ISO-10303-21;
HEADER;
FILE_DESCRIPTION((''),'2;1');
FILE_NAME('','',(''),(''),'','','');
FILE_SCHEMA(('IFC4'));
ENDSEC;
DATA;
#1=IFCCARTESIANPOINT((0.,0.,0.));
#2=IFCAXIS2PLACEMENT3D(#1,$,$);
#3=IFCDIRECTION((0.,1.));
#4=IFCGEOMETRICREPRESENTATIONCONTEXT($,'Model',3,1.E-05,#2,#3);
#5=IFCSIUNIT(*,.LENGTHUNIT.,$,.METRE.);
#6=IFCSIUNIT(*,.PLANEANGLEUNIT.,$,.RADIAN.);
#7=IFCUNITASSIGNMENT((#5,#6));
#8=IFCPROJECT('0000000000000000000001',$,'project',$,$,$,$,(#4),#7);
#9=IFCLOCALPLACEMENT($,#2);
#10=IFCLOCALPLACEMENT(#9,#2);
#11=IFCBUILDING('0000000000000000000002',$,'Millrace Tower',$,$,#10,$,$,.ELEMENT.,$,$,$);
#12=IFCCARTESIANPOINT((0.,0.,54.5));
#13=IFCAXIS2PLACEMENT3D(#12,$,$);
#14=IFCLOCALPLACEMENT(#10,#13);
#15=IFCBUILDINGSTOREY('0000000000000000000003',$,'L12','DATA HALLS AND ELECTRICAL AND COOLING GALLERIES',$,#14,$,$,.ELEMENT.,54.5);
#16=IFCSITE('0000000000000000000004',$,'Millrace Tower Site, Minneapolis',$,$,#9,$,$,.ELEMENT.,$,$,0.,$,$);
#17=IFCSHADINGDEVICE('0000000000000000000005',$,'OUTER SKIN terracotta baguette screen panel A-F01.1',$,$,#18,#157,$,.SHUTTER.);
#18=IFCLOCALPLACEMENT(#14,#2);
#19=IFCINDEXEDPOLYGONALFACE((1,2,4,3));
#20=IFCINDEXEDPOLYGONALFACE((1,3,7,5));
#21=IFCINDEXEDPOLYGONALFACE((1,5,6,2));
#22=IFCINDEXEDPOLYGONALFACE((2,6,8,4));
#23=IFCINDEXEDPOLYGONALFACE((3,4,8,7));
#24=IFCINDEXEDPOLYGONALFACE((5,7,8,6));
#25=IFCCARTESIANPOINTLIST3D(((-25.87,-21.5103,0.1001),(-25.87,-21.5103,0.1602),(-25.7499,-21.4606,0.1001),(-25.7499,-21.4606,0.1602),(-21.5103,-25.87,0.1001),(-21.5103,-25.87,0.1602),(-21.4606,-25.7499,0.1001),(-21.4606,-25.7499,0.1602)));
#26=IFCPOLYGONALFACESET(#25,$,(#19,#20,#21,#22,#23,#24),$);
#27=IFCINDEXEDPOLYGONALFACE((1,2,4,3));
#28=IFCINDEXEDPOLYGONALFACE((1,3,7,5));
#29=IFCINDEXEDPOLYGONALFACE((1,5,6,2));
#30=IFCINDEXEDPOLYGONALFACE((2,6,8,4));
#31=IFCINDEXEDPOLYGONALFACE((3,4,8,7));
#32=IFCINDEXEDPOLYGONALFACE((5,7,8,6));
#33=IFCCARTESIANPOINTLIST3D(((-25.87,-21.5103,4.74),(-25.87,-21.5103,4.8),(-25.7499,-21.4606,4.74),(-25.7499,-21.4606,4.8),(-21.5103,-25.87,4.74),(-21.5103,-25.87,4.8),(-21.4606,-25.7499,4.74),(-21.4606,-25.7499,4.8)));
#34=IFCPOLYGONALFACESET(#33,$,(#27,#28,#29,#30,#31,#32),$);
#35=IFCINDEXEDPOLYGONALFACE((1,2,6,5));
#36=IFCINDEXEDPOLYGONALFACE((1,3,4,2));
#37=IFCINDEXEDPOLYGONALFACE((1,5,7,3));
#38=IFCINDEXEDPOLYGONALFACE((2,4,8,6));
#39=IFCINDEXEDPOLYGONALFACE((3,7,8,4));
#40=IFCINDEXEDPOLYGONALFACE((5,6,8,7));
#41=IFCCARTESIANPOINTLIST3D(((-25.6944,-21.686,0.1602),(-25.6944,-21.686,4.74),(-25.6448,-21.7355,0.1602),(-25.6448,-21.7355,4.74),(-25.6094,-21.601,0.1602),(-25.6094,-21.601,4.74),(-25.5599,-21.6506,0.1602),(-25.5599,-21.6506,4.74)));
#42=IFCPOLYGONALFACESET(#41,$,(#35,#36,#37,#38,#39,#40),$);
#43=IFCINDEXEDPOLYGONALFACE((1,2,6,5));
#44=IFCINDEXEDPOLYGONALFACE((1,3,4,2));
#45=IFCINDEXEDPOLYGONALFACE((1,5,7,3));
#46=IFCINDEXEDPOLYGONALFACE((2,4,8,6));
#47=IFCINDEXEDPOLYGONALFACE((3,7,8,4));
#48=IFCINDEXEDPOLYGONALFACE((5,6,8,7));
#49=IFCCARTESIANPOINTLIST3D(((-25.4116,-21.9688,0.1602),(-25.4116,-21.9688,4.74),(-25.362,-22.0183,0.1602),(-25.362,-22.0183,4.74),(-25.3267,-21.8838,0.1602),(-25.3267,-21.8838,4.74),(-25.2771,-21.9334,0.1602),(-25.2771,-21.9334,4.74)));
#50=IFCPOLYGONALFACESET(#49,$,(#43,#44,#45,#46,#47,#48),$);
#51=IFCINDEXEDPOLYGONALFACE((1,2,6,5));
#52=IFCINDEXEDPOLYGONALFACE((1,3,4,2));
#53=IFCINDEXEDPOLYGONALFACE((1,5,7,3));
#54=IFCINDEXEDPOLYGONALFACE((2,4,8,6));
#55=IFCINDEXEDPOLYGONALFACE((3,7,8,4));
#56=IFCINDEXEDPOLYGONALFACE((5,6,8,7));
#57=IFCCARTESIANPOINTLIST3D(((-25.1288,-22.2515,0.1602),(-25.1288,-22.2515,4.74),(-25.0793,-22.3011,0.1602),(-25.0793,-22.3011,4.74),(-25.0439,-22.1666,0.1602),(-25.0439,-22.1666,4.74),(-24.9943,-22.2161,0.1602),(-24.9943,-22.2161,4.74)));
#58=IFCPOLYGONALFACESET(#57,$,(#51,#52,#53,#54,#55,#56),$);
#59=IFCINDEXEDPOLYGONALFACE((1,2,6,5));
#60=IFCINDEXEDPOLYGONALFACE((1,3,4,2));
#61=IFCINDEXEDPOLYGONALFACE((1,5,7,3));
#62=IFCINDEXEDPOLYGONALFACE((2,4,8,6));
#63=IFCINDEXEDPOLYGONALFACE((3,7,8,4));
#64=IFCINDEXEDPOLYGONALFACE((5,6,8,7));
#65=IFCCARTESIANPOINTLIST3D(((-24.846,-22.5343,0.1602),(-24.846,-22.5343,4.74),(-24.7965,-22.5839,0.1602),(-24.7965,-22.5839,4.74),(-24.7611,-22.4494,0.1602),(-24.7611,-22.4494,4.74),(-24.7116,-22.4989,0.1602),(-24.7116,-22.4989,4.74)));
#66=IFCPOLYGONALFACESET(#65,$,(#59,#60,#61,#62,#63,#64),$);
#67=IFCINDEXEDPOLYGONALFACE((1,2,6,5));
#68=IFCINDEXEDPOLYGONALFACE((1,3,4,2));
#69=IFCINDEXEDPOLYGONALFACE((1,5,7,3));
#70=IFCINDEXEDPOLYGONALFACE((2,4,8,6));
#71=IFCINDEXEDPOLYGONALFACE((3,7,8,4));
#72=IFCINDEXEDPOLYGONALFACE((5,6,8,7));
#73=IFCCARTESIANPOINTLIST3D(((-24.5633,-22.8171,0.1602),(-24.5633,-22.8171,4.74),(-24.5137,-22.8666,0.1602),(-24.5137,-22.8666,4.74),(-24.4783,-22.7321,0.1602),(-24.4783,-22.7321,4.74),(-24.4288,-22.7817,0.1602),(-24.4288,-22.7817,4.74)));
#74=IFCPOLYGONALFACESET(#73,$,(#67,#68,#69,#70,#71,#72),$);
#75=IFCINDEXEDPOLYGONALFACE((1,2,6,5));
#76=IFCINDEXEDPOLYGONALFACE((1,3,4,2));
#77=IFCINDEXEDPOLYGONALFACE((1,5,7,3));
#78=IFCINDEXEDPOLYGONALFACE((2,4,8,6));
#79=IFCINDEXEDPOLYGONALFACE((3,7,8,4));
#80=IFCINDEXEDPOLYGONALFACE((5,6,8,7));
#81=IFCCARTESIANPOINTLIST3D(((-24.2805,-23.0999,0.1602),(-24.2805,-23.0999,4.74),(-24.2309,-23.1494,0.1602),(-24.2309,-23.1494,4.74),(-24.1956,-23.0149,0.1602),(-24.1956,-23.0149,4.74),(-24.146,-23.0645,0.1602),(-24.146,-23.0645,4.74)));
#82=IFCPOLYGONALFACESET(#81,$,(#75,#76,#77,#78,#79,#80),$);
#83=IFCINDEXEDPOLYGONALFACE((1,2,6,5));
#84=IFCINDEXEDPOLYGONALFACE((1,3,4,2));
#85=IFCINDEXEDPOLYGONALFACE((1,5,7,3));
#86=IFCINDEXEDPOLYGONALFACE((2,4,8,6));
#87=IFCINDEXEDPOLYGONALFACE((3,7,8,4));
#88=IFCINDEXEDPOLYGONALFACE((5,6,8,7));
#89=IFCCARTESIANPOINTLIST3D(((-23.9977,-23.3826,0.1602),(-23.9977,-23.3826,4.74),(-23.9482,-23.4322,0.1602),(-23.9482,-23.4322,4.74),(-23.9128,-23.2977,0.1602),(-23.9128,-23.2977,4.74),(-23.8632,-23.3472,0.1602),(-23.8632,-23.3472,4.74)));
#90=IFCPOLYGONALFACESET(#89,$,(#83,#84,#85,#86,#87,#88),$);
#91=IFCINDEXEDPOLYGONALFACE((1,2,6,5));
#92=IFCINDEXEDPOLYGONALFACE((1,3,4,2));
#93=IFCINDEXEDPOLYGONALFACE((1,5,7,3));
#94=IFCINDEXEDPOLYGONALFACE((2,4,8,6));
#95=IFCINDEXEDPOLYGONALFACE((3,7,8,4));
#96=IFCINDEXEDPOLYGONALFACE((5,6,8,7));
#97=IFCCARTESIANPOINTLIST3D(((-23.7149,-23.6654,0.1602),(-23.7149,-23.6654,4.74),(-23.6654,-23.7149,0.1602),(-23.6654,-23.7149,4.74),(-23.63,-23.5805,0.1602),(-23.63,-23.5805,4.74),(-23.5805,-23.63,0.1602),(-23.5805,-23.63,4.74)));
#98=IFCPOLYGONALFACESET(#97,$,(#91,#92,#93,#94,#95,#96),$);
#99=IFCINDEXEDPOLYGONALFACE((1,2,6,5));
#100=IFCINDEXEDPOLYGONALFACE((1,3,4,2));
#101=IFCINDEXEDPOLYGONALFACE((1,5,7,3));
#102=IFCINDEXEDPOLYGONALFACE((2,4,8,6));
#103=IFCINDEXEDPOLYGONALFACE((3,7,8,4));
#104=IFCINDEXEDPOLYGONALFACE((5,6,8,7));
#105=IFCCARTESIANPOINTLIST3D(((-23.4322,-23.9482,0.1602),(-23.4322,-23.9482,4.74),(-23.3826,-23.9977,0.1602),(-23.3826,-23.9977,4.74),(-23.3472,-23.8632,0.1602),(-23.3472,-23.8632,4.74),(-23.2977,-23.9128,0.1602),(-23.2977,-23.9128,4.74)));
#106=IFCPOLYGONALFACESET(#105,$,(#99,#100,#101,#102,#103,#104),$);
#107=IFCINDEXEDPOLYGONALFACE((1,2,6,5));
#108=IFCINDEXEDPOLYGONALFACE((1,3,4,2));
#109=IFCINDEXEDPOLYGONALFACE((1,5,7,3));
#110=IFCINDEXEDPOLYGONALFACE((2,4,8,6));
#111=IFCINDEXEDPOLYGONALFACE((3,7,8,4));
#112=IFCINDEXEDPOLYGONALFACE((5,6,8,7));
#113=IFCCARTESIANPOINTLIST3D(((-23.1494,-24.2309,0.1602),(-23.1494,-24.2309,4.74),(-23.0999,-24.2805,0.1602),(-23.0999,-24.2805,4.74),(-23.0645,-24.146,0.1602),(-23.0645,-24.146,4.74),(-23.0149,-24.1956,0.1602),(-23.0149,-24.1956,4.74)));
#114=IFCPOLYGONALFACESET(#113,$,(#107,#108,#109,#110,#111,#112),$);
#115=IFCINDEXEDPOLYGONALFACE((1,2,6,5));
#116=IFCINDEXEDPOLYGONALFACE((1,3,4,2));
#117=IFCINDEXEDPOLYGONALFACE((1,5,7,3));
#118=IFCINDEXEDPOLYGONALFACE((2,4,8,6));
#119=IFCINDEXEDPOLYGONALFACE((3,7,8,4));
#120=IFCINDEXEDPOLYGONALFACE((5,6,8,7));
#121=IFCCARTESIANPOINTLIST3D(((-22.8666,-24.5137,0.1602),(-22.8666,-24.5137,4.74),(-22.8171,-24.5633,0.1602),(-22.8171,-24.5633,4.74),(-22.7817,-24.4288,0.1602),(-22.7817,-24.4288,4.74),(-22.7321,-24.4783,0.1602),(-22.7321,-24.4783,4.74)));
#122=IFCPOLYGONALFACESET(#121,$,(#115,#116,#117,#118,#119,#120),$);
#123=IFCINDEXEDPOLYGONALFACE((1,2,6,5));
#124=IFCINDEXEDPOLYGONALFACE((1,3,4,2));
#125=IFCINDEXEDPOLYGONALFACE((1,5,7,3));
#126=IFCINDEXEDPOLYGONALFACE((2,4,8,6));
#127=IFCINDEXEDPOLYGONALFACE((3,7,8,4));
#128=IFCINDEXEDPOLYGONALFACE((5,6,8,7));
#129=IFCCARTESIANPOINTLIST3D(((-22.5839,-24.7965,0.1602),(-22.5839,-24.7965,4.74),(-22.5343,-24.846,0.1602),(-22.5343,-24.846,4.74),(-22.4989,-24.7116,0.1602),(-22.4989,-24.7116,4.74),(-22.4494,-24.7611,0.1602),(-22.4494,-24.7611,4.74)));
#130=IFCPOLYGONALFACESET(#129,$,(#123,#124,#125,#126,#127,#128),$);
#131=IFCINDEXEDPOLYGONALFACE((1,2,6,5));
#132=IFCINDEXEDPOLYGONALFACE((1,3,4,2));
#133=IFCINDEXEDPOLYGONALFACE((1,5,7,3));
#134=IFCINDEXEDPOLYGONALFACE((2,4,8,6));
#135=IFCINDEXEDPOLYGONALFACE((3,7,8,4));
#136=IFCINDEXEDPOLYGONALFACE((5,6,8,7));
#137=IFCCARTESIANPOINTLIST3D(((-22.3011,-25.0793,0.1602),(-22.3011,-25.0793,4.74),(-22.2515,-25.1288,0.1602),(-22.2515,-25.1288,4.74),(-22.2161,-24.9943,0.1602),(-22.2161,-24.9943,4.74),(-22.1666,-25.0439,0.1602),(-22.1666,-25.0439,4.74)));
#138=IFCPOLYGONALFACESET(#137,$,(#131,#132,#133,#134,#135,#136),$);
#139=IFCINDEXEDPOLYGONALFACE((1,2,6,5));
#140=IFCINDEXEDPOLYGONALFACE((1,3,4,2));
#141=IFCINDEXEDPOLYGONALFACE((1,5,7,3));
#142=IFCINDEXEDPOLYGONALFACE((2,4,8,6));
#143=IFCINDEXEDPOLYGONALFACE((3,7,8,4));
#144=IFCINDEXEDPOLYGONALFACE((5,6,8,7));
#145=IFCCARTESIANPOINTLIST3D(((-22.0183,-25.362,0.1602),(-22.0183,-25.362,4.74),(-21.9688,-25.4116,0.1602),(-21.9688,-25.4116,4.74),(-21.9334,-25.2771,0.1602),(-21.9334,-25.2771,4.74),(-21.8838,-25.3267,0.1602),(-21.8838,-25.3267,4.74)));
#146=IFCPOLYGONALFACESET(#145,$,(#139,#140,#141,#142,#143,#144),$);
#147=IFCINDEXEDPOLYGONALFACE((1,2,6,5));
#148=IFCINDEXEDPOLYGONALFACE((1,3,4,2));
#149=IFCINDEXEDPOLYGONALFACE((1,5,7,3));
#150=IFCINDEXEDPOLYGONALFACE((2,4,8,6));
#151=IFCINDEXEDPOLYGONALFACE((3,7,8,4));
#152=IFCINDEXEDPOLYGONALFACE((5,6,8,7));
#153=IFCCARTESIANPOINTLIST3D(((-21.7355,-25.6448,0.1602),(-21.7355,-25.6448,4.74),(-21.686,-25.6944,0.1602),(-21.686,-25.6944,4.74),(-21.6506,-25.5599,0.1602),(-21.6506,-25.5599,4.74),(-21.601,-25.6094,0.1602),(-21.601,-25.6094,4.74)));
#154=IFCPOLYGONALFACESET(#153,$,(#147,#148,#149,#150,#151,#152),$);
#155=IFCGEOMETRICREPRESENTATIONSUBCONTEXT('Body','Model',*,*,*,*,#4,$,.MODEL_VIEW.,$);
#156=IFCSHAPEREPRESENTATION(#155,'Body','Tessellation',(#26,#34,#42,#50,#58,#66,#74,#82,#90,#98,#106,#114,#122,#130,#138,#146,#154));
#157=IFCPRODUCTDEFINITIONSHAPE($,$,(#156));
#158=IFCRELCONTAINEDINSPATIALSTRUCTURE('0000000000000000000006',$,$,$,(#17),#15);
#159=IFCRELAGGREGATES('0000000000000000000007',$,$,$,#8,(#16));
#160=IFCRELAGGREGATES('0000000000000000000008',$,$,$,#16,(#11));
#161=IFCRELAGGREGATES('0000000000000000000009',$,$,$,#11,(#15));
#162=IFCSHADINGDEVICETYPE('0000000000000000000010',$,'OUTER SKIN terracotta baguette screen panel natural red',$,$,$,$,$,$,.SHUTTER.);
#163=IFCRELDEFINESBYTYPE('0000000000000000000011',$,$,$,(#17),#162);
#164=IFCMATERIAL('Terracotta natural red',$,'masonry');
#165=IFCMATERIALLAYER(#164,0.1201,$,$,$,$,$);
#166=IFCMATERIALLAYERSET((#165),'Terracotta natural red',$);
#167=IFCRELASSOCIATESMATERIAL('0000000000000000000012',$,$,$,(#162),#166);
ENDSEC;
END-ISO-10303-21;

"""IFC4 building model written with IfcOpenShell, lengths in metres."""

from ifc_helpers import new_model, entity, si_unit, direction, frame, frame_2d, origin, origin_2d, place, context, subcontext, project, spatial, rectangle, extrude, source, transform, mapped, material, layer, layer_set, type_object, element, save


model = new_model("IFC4")

# Units and contexts
model_context = context("Model", 3, precision=1e-05, world=origin(), true_north=direction((0.0, 1.0)))
body_context = subcontext(model_context, "Body", "Model", "MODEL_VIEW")
ifc_project = project(units=[si_unit("LENGTHUNIT", "METRE"), si_unit("PLANEANGLEUNIT", "RADIAN")], contexts=[model_context])

# Site, building, storey
site_placement = place(None, origin())
site = spatial("IfcSite", under=ifc_project, at=site_placement, Name="Millrace Tower Site, Minneapolis", CompositionType="ELEMENT", RefElevation=0.0)
building_placement = place(site_placement, origin())
building = spatial("IfcBuilding", under=site, at=building_placement, Name="Millrace Tower", CompositionType="ELEMENT")
storey_placement = place(building_placement, frame((0.0, 0.0, 54.5)))
storey = spatial("IfcBuildingStorey", under=building, at=storey_placement, Name="L12", Description="DATA HALLS AND ELECTRICAL AND COOLING GALLERIES", CompositionType="ELEMENT", Elevation=54.5)

# Shading device
ifc_material_1 = material(Name="Terracotta natural red", Category="masonry")
ifc_layer_1 = layer(ifc_material_1, 0.1201)
ifc_layer_set_1 = layer_set([ifc_layer_1], Name="Terracotta natural red")
shading_device_type_1 = type_object("IfcShadingDeviceType", Name="OUTER SKIN terracotta baguette screen panel natural red", PredefinedType="SHUTTER", material=ifc_layer_set_1)
cartesian_point_1 = entity("IfcCartesianPoint", [-3.033, 0.0601])
shared_polyline_1 = entity("IfcPolyline", [cartesian_point_1, entity("IfcCartesianPoint", [3.033, 0.0601]), entity("IfcCartesianPoint", [3.0828, -0.0601]), entity("IfcCartesianPoint", [-3.0828, -0.0601]), cartesian_point_1])
shared_shape_1 = source(origin(), body_context, "Body", "SweptSolid", [
    entity("IfcExtrudedAreaSolid", entity("IfcArbitraryClosedProfileDef", "AREA", None, shared_polyline_1), entity("IfcAxis2Placement3D", entity("IfcCartesianPoint", [0.0, 0.0, 0.0])), entity("IfcDirection", [0.0, 0.0, 1.0]), 0.0601),
    entity("IfcExtrudedAreaSolid", entity("IfcArbitraryClosedProfileDef", "AREA", None, shared_polyline_1), entity("IfcAxis2Placement3D", entity("IfcCartesianPoint", [0.0, 0.0, 4.6399])), entity("IfcDirection", [0.0, 0.0, 1.0]), 0.0601),
    extrude(rectangle(XDim=0.0701, YDim=0.1201, at=frame_2d((-2.7993, 0.0))), frame((0.0, 0.0, 0.0601)), (0.0, 0.0, 1.0), 4.5798),
    extrude(rectangle(XDim=0.0701, YDim=0.1201, at=frame_2d((-2.3994, 0.0))), frame((0.0, 0.0, 0.0601)), (0.0, 0.0, 1.0), 4.5798),
    extrude(rectangle(XDim=0.0701, YDim=0.1201, at=frame_2d((-1.9995, 0.0))), frame((0.0, 0.0, 0.0601)), (0.0, 0.0, 1.0), 4.5798),
    extrude(rectangle(XDim=0.0701, YDim=0.1201, at=frame_2d((-1.5996, 0.0))), frame((0.0, 0.0, 0.0601)), (0.0, 0.0, 1.0), 4.5798),
    extrude(rectangle(XDim=0.0701, YDim=0.1201, at=frame_2d((-1.1997, 0.0))), frame((0.0, 0.0, 0.0601)), (0.0, 0.0, 1.0), 4.5798),
    extrude(rectangle(XDim=0.0701, YDim=0.1201, at=frame_2d((-0.7998, 0.0))), frame((0.0, 0.0, 0.0601)), (0.0, 0.0, 1.0), 4.5798),
    extrude(rectangle(XDim=0.0701, YDim=0.1201, at=frame_2d((-0.3999, 0.0))), frame((0.0, 0.0, 0.0601)), (0.0, 0.0, 1.0), 4.5798),
    extrude(rectangle(XDim=0.0701, YDim=0.1201, at=origin_2d()), frame((0.0, 0.0, 0.0601)), (0.0, 0.0, 1.0), 4.5798),
    extrude(rectangle(XDim=0.0701, YDim=0.1201, at=frame_2d((0.3999, 0.0))), frame((0.0, 0.0, 0.0601)), (0.0, 0.0, 1.0), 4.5798),
    extrude(rectangle(XDim=0.0701, YDim=0.1201, at=frame_2d((0.7998, 0.0))), frame((0.0, 0.0, 0.0601)), (0.0, 0.0, 1.0), 4.5798),
    extrude(rectangle(XDim=0.0701, YDim=0.1201, at=frame_2d((1.1997, 0.0))), frame((0.0, 0.0, 0.0601)), (0.0, 0.0, 1.0), 4.5798),
    extrude(rectangle(XDim=0.0701, YDim=0.1201, at=frame_2d((1.5996, 0.0))), frame((0.0, 0.0, 0.0601)), (0.0, 0.0, 1.0), 4.5798),
    extrude(rectangle(XDim=0.0701, YDim=0.1201, at=frame_2d((1.9995, 0.0))), frame((0.0, 0.0, 0.0601)), (0.0, 0.0, 1.0), 4.5798),
    extrude(rectangle(XDim=0.0701, YDim=0.1201, at=frame_2d((2.3994, 0.0))), frame((0.0, 0.0, 0.0601)), (0.0, 0.0, 1.0), 4.5798),
    extrude(rectangle(XDim=0.0701, YDim=0.1201, at=frame_2d((2.7993, 0.0))), frame((0.0, 0.0, 0.0601)), (0.0, 0.0, 1.0), 4.5798),
])
shading_device_1_placement = place(storey_placement, frame((-23.6477, -23.6477, 0.1001), z_axis=(0.0, 0.0, 1.0), x_axis=(0.707107, -0.707107, 0.0)))
element("IfcShadingDevice", 1, at=shading_device_1_placement, inside=storey, type_object=shading_device_type_1, Name="OUTER SKIN terracotta baguette screen panel A-F01.1", PredefinedType="SHUTTER", context=body_context, shape_type="MappedRepresentation", body=[
    mapped(shared_shape_1, transform((0.0, 0.0, 0.0), scale=1.0)),
])

save(model, "model.ifc")
